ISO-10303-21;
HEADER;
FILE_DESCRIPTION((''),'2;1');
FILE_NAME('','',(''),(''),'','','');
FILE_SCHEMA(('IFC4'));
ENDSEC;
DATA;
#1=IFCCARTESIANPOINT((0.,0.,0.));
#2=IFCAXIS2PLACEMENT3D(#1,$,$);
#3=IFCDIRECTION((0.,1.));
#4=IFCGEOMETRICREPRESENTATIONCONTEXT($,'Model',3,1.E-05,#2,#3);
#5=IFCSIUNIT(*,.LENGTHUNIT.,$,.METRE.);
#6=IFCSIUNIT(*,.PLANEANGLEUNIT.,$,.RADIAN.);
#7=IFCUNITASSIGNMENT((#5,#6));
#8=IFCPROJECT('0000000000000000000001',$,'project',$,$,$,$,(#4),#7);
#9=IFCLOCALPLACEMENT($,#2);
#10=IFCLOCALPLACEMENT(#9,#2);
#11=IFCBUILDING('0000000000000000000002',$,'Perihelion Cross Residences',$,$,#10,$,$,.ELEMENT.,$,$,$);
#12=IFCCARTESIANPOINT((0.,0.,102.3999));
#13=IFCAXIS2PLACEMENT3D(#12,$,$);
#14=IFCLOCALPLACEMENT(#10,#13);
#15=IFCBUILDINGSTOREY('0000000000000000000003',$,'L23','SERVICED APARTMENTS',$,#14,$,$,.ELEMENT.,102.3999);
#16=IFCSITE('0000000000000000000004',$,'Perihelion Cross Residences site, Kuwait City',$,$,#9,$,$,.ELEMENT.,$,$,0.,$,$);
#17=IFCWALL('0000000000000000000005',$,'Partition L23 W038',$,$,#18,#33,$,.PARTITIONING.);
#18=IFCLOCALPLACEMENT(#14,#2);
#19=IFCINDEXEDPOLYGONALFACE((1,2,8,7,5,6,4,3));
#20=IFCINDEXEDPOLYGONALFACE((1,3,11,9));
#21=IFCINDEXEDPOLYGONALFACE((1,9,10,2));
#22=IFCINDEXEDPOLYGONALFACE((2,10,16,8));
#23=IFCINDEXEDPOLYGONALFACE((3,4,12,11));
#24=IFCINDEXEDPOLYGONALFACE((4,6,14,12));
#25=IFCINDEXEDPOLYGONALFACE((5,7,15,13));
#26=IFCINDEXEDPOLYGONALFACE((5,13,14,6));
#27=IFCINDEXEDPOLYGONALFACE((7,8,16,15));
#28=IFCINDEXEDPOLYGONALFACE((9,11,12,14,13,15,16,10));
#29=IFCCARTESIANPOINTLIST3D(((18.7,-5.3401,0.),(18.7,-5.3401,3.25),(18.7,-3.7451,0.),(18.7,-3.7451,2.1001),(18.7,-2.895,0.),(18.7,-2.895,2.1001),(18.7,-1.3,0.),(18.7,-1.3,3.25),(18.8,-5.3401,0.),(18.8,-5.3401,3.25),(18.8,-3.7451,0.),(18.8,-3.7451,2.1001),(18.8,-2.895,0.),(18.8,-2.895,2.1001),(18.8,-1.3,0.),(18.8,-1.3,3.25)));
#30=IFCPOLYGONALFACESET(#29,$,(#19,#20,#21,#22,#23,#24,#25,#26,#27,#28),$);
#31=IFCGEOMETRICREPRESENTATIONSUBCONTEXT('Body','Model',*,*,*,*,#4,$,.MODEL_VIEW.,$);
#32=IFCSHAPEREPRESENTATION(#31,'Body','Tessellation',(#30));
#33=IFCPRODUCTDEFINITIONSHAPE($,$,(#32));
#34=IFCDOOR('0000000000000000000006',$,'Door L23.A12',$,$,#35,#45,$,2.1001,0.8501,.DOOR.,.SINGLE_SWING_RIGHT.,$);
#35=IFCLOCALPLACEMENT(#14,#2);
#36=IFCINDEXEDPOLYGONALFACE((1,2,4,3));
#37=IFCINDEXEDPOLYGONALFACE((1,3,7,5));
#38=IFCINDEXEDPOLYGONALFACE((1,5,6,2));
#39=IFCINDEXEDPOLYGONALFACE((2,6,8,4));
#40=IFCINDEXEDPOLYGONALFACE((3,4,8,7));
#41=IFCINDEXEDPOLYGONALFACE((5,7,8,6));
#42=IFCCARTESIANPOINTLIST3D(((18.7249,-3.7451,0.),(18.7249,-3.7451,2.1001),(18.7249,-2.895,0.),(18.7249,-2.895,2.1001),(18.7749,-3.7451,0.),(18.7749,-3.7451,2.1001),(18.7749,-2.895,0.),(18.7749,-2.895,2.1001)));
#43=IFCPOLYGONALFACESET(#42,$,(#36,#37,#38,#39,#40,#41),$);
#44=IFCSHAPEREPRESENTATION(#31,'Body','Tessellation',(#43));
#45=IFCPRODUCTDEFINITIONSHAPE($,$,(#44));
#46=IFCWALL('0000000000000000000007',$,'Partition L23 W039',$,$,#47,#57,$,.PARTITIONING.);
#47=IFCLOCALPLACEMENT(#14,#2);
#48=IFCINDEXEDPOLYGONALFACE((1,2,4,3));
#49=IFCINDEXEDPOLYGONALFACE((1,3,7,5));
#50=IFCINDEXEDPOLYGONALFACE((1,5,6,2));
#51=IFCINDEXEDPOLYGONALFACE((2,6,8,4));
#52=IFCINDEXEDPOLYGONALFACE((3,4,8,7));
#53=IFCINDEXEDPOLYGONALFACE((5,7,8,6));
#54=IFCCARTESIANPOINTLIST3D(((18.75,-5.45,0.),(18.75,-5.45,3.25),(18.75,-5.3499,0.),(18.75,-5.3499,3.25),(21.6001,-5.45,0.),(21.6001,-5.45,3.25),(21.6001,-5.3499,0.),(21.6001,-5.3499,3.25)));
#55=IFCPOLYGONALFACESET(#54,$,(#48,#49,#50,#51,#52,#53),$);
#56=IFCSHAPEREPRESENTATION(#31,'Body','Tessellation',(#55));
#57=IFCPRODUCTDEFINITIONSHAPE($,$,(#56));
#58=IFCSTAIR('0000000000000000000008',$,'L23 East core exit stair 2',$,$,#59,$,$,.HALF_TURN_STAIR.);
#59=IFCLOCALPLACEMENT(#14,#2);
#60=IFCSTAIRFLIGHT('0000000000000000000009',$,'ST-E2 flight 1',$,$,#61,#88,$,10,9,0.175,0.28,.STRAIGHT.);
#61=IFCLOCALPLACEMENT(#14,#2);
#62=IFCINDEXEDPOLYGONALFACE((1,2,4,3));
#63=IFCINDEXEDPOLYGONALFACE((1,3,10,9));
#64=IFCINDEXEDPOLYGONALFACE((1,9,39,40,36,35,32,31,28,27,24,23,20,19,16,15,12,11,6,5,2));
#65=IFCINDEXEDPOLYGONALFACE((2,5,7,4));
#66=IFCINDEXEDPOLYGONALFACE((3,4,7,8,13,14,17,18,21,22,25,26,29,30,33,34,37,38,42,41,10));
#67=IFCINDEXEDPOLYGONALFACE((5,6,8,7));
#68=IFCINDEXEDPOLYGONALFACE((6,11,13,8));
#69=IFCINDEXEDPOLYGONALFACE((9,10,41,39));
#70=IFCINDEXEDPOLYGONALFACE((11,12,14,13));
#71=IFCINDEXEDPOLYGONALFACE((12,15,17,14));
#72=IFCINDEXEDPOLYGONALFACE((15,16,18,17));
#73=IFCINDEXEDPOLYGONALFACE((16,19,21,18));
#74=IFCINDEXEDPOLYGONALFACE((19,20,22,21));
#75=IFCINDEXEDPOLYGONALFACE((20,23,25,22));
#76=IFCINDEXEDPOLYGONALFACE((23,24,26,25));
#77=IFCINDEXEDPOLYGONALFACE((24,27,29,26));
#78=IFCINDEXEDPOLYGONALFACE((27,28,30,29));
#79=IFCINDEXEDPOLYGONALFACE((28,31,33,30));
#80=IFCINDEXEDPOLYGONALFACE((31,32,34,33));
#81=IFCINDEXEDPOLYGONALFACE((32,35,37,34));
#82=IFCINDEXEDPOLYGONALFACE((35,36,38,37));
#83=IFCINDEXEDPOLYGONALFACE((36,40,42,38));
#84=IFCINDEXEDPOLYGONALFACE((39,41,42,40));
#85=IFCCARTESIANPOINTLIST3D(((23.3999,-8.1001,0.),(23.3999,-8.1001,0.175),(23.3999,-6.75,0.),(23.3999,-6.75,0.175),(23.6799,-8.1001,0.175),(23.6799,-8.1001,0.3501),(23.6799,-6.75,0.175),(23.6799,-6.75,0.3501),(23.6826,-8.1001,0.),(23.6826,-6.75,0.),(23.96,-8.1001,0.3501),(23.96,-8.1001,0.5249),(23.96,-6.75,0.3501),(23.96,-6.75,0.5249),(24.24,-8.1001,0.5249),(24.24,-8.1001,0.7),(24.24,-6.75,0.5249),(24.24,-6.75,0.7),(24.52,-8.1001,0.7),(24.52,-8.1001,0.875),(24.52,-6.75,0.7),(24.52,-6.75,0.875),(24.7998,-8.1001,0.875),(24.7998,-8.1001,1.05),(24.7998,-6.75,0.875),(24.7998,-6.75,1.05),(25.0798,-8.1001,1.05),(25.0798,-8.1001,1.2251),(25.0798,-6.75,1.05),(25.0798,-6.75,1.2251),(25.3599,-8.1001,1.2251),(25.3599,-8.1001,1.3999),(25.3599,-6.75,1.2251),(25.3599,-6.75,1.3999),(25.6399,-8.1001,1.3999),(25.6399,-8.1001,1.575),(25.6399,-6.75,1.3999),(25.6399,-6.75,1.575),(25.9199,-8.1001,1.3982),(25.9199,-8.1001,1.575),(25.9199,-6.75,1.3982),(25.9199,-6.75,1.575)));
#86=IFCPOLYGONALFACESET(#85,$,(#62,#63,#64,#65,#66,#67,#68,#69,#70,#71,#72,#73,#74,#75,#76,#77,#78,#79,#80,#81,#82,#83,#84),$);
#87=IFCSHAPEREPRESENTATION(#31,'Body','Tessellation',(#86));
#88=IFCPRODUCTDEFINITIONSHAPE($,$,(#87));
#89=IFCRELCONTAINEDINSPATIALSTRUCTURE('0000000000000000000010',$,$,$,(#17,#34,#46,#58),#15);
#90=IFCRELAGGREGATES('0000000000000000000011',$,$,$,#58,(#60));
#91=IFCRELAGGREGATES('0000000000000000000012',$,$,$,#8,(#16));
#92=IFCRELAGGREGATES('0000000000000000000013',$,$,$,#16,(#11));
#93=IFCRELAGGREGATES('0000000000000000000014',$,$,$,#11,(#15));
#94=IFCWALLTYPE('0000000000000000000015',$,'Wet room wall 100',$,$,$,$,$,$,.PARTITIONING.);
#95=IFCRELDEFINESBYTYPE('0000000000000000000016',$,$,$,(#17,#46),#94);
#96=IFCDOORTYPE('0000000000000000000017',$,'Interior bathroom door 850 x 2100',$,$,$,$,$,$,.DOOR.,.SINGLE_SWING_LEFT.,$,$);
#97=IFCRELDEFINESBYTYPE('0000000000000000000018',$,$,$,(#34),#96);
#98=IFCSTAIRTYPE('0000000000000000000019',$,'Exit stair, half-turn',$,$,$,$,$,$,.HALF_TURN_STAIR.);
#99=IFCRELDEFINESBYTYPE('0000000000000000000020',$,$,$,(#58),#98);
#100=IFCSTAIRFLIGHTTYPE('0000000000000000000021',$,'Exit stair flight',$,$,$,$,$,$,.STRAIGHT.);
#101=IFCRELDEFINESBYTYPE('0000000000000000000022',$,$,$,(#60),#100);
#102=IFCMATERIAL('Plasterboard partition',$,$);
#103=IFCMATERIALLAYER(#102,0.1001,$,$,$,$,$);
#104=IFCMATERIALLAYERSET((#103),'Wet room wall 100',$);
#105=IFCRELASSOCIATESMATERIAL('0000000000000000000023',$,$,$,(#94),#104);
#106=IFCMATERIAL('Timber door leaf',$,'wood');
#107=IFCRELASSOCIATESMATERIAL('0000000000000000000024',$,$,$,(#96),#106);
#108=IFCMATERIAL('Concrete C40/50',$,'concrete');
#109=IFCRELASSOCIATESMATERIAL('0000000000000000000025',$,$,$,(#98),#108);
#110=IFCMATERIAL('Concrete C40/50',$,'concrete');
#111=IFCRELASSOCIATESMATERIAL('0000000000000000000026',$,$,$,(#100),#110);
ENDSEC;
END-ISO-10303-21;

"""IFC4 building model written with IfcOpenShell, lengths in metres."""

from ifc_helpers import new_model, si_unit, direction, frame, frame_2d, origin, place, context, subcontext, project, spatial, polyline, rectangle, outline, extrude, material, layer, layer_set, type_object, element, fill, aggregate, save


model = new_model("IFC4")

# Units and contexts
model_context = context("Model", 3, precision=1e-05, world=origin(), true_north=direction((0.0, 1.0)))
body_context = subcontext(model_context, "Body", "Model", "MODEL_VIEW")
ifc_project = project(units=[si_unit("LENGTHUNIT", "METRE"), si_unit("PLANEANGLEUNIT", "RADIAN")], contexts=[model_context])

# Site, building, storey
site_placement = place(None, origin())
site = spatial("IfcSite", under=ifc_project, at=site_placement, Name="Perihelion Cross Residences site, Kuwait City", CompositionType="ELEMENT", RefElevation=0.0)
building_placement = place(site_placement, origin())
building = spatial("IfcBuilding", under=site, at=building_placement, Name="Perihelion Cross Residences", CompositionType="ELEMENT")
storey_placement = place(building_placement, frame((0.0, 0.0, 102.3999)))
storey = spatial("IfcBuildingStorey", under=building, at=storey_placement, Name="L23", Description="SERVICED APARTMENTS", CompositionType="ELEMENT", Elevation=102.3999)

# Wall, opening, door
ifc_material_1 = material(Name="Plasterboard partition")
ifc_layer_1 = layer(ifc_material_1, 0.1001)
ifc_layer_set_1 = layer_set([ifc_layer_1], Name="Wet room wall 100")
wall_type_1 = type_object("IfcWallType", Name="Wet room wall 100", PredefinedType="PARTITIONING", material=ifc_layer_set_1)
wall_1_placement = place(storey_placement, frame((18.75, -1.3, 0.0), z_axis=(0.0, 0.0, 1.0), x_axis=(0.0, -1.0, 0.0)))
wall_1 = element("IfcWall", 1, at=wall_1_placement, inside=storey, type_object=wall_type_1, Name="Partition L23 W038", PredefinedType="PARTITIONING", context=body_context, shape_type="SweptSolid", body=[
    extrude(rectangle(XDim=4.04, YDim=0.1001, at=frame_2d((2.02, 0.0))), origin(), (0.0, 0.0, 1.0), 3.25),
])
opening_1_placement = place(wall_1_placement, frame((1.595, 0.0, 0.0)))
opening_1 = element("IfcOpeningElement", 2, at=opening_1_placement, cuts=wall_1, PredefinedType="OPENING", context=body_context, shape_type="SweptSolid", body=[
    extrude(rectangle(XDim=0.8501, YDim=2.1001, at=frame_2d((0.425, 1.05))), frame((0.0, 0.0601, 0.0), z_axis=(0.0, -1.0, 0.0), x_axis=(1.0, 0.0, 0.0)), (0.0, 0.0, 1.0), 0.1201),
])
ifc_material_2 = material(Name="Timber door leaf", Category="wood")
door_type_1 = type_object("IfcDoorType", Name="Interior bathroom door 850 x 2100", OperationType="SINGLE_SWING_LEFT", PredefinedType="DOOR", material=ifc_material_2)
door_1_placement = place(opening_1_placement, origin())
door_1 = element("IfcDoor", 3, at=door_1_placement, inside=storey, type_object=door_type_1, Name="Door L23.A12", OperationType="SINGLE_SWING_RIGHT", OverallHeight=2.1001, OverallWidth=0.8501, PredefinedType="DOOR", context=body_context, shape_type="SweptSolid", body=[
    extrude(rectangle(XDim=0.8501, YDim=2.1001, at=frame_2d((0.425, 1.05))), frame((0.0, 0.0249, 0.0), z_axis=(0.0, -1.0, 0.0), x_axis=(1.0, 0.0, 0.0)), (0.0, 0.0, 1.0), 0.05),
])
fill(opening_1, door_1)

# Wall
wall_2_placement = place(storey_placement, frame((21.6001, -5.3999, 0.0), z_axis=(0.0, 0.0, 1.0), x_axis=(-1.0, 0.0, 0.0)))
element("IfcWall", 4, at=wall_2_placement, inside=storey, type_object=wall_type_1, Name="Partition L23 W039", PredefinedType="PARTITIONING", context=body_context, shape_type="SweptSolid", body=[
    extrude(rectangle(XDim=2.8501, YDim=0.1001, at=frame_2d((1.425, 0.0))), origin(), (0.0, 0.0, 1.0), 3.25),
])

# Stair, stair flight
ifc_material_3 = material(Name="Concrete C40/50", Category="concrete")
stair_type = type_object("IfcStairType", Name="Exit stair, half-turn", PredefinedType="HALF_TURN_STAIR", material=ifc_material_3)
stair_placement = place(storey_placement, origin())
stair = element("IfcStair", 5, at=stair_placement, inside=storey, type_object=stair_type, Name="L23 East core exit stair 2", PredefinedType="HALF_TURN_STAIR")
ifc_material_4 = material(Name="Concrete C40/50", Category="concrete")
stair_flight_type = type_object("IfcStairFlightType", Name="Exit stair flight", PredefinedType="STRAIGHT", material=ifc_material_4)
stair_flight_placement = place(storey_placement, frame((23.3999, -7.425, 0.0), z_axis=(0.0, 0.0, 1.0), x_axis=(1.0, 0.0, 0.0)))
stair_flight = element("IfcStairFlight", 6, at=stair_flight_placement, type_object=stair_flight_type, Name="ST-E2 flight 1", NumberOfRisers=10, NumberOfTreads=9, PredefinedType="STRAIGHT", RiserHeight=0.175, TreadLength=0.28, context=body_context, shape_type="SweptSolid", body=[
    extrude(outline(polyline([(0.0, 0.0), (0.0, 0.175), (0.28, 0.175), (0.28, 0.3501), (0.5601, 0.3501), (0.5601, 0.5249), (0.8401, 0.5249), (0.8401, 0.7), (1.1201, 0.7), (1.1201, 0.875), (1.3999, 0.875), (1.3999, 1.05), (1.6799, 1.05), (1.6799, 1.2251), (1.96, 1.2251), (1.96, 1.3999), (2.24, 1.3999), (2.24, 1.575), (2.52, 1.575), (2.52, 1.75), (2.52, 1.3982), (0.2827, 0.0), (0.0, 0.0)])), frame((0.0, 0.675, 0.0), z_axis=(0.0, -1.0, 0.0), x_axis=(1.0, 0.0, 0.0)), (0.0, 0.0, 1.0), 1.3501),
])
aggregate(stair, [stair_flight])

save(model, "model.ifc")
